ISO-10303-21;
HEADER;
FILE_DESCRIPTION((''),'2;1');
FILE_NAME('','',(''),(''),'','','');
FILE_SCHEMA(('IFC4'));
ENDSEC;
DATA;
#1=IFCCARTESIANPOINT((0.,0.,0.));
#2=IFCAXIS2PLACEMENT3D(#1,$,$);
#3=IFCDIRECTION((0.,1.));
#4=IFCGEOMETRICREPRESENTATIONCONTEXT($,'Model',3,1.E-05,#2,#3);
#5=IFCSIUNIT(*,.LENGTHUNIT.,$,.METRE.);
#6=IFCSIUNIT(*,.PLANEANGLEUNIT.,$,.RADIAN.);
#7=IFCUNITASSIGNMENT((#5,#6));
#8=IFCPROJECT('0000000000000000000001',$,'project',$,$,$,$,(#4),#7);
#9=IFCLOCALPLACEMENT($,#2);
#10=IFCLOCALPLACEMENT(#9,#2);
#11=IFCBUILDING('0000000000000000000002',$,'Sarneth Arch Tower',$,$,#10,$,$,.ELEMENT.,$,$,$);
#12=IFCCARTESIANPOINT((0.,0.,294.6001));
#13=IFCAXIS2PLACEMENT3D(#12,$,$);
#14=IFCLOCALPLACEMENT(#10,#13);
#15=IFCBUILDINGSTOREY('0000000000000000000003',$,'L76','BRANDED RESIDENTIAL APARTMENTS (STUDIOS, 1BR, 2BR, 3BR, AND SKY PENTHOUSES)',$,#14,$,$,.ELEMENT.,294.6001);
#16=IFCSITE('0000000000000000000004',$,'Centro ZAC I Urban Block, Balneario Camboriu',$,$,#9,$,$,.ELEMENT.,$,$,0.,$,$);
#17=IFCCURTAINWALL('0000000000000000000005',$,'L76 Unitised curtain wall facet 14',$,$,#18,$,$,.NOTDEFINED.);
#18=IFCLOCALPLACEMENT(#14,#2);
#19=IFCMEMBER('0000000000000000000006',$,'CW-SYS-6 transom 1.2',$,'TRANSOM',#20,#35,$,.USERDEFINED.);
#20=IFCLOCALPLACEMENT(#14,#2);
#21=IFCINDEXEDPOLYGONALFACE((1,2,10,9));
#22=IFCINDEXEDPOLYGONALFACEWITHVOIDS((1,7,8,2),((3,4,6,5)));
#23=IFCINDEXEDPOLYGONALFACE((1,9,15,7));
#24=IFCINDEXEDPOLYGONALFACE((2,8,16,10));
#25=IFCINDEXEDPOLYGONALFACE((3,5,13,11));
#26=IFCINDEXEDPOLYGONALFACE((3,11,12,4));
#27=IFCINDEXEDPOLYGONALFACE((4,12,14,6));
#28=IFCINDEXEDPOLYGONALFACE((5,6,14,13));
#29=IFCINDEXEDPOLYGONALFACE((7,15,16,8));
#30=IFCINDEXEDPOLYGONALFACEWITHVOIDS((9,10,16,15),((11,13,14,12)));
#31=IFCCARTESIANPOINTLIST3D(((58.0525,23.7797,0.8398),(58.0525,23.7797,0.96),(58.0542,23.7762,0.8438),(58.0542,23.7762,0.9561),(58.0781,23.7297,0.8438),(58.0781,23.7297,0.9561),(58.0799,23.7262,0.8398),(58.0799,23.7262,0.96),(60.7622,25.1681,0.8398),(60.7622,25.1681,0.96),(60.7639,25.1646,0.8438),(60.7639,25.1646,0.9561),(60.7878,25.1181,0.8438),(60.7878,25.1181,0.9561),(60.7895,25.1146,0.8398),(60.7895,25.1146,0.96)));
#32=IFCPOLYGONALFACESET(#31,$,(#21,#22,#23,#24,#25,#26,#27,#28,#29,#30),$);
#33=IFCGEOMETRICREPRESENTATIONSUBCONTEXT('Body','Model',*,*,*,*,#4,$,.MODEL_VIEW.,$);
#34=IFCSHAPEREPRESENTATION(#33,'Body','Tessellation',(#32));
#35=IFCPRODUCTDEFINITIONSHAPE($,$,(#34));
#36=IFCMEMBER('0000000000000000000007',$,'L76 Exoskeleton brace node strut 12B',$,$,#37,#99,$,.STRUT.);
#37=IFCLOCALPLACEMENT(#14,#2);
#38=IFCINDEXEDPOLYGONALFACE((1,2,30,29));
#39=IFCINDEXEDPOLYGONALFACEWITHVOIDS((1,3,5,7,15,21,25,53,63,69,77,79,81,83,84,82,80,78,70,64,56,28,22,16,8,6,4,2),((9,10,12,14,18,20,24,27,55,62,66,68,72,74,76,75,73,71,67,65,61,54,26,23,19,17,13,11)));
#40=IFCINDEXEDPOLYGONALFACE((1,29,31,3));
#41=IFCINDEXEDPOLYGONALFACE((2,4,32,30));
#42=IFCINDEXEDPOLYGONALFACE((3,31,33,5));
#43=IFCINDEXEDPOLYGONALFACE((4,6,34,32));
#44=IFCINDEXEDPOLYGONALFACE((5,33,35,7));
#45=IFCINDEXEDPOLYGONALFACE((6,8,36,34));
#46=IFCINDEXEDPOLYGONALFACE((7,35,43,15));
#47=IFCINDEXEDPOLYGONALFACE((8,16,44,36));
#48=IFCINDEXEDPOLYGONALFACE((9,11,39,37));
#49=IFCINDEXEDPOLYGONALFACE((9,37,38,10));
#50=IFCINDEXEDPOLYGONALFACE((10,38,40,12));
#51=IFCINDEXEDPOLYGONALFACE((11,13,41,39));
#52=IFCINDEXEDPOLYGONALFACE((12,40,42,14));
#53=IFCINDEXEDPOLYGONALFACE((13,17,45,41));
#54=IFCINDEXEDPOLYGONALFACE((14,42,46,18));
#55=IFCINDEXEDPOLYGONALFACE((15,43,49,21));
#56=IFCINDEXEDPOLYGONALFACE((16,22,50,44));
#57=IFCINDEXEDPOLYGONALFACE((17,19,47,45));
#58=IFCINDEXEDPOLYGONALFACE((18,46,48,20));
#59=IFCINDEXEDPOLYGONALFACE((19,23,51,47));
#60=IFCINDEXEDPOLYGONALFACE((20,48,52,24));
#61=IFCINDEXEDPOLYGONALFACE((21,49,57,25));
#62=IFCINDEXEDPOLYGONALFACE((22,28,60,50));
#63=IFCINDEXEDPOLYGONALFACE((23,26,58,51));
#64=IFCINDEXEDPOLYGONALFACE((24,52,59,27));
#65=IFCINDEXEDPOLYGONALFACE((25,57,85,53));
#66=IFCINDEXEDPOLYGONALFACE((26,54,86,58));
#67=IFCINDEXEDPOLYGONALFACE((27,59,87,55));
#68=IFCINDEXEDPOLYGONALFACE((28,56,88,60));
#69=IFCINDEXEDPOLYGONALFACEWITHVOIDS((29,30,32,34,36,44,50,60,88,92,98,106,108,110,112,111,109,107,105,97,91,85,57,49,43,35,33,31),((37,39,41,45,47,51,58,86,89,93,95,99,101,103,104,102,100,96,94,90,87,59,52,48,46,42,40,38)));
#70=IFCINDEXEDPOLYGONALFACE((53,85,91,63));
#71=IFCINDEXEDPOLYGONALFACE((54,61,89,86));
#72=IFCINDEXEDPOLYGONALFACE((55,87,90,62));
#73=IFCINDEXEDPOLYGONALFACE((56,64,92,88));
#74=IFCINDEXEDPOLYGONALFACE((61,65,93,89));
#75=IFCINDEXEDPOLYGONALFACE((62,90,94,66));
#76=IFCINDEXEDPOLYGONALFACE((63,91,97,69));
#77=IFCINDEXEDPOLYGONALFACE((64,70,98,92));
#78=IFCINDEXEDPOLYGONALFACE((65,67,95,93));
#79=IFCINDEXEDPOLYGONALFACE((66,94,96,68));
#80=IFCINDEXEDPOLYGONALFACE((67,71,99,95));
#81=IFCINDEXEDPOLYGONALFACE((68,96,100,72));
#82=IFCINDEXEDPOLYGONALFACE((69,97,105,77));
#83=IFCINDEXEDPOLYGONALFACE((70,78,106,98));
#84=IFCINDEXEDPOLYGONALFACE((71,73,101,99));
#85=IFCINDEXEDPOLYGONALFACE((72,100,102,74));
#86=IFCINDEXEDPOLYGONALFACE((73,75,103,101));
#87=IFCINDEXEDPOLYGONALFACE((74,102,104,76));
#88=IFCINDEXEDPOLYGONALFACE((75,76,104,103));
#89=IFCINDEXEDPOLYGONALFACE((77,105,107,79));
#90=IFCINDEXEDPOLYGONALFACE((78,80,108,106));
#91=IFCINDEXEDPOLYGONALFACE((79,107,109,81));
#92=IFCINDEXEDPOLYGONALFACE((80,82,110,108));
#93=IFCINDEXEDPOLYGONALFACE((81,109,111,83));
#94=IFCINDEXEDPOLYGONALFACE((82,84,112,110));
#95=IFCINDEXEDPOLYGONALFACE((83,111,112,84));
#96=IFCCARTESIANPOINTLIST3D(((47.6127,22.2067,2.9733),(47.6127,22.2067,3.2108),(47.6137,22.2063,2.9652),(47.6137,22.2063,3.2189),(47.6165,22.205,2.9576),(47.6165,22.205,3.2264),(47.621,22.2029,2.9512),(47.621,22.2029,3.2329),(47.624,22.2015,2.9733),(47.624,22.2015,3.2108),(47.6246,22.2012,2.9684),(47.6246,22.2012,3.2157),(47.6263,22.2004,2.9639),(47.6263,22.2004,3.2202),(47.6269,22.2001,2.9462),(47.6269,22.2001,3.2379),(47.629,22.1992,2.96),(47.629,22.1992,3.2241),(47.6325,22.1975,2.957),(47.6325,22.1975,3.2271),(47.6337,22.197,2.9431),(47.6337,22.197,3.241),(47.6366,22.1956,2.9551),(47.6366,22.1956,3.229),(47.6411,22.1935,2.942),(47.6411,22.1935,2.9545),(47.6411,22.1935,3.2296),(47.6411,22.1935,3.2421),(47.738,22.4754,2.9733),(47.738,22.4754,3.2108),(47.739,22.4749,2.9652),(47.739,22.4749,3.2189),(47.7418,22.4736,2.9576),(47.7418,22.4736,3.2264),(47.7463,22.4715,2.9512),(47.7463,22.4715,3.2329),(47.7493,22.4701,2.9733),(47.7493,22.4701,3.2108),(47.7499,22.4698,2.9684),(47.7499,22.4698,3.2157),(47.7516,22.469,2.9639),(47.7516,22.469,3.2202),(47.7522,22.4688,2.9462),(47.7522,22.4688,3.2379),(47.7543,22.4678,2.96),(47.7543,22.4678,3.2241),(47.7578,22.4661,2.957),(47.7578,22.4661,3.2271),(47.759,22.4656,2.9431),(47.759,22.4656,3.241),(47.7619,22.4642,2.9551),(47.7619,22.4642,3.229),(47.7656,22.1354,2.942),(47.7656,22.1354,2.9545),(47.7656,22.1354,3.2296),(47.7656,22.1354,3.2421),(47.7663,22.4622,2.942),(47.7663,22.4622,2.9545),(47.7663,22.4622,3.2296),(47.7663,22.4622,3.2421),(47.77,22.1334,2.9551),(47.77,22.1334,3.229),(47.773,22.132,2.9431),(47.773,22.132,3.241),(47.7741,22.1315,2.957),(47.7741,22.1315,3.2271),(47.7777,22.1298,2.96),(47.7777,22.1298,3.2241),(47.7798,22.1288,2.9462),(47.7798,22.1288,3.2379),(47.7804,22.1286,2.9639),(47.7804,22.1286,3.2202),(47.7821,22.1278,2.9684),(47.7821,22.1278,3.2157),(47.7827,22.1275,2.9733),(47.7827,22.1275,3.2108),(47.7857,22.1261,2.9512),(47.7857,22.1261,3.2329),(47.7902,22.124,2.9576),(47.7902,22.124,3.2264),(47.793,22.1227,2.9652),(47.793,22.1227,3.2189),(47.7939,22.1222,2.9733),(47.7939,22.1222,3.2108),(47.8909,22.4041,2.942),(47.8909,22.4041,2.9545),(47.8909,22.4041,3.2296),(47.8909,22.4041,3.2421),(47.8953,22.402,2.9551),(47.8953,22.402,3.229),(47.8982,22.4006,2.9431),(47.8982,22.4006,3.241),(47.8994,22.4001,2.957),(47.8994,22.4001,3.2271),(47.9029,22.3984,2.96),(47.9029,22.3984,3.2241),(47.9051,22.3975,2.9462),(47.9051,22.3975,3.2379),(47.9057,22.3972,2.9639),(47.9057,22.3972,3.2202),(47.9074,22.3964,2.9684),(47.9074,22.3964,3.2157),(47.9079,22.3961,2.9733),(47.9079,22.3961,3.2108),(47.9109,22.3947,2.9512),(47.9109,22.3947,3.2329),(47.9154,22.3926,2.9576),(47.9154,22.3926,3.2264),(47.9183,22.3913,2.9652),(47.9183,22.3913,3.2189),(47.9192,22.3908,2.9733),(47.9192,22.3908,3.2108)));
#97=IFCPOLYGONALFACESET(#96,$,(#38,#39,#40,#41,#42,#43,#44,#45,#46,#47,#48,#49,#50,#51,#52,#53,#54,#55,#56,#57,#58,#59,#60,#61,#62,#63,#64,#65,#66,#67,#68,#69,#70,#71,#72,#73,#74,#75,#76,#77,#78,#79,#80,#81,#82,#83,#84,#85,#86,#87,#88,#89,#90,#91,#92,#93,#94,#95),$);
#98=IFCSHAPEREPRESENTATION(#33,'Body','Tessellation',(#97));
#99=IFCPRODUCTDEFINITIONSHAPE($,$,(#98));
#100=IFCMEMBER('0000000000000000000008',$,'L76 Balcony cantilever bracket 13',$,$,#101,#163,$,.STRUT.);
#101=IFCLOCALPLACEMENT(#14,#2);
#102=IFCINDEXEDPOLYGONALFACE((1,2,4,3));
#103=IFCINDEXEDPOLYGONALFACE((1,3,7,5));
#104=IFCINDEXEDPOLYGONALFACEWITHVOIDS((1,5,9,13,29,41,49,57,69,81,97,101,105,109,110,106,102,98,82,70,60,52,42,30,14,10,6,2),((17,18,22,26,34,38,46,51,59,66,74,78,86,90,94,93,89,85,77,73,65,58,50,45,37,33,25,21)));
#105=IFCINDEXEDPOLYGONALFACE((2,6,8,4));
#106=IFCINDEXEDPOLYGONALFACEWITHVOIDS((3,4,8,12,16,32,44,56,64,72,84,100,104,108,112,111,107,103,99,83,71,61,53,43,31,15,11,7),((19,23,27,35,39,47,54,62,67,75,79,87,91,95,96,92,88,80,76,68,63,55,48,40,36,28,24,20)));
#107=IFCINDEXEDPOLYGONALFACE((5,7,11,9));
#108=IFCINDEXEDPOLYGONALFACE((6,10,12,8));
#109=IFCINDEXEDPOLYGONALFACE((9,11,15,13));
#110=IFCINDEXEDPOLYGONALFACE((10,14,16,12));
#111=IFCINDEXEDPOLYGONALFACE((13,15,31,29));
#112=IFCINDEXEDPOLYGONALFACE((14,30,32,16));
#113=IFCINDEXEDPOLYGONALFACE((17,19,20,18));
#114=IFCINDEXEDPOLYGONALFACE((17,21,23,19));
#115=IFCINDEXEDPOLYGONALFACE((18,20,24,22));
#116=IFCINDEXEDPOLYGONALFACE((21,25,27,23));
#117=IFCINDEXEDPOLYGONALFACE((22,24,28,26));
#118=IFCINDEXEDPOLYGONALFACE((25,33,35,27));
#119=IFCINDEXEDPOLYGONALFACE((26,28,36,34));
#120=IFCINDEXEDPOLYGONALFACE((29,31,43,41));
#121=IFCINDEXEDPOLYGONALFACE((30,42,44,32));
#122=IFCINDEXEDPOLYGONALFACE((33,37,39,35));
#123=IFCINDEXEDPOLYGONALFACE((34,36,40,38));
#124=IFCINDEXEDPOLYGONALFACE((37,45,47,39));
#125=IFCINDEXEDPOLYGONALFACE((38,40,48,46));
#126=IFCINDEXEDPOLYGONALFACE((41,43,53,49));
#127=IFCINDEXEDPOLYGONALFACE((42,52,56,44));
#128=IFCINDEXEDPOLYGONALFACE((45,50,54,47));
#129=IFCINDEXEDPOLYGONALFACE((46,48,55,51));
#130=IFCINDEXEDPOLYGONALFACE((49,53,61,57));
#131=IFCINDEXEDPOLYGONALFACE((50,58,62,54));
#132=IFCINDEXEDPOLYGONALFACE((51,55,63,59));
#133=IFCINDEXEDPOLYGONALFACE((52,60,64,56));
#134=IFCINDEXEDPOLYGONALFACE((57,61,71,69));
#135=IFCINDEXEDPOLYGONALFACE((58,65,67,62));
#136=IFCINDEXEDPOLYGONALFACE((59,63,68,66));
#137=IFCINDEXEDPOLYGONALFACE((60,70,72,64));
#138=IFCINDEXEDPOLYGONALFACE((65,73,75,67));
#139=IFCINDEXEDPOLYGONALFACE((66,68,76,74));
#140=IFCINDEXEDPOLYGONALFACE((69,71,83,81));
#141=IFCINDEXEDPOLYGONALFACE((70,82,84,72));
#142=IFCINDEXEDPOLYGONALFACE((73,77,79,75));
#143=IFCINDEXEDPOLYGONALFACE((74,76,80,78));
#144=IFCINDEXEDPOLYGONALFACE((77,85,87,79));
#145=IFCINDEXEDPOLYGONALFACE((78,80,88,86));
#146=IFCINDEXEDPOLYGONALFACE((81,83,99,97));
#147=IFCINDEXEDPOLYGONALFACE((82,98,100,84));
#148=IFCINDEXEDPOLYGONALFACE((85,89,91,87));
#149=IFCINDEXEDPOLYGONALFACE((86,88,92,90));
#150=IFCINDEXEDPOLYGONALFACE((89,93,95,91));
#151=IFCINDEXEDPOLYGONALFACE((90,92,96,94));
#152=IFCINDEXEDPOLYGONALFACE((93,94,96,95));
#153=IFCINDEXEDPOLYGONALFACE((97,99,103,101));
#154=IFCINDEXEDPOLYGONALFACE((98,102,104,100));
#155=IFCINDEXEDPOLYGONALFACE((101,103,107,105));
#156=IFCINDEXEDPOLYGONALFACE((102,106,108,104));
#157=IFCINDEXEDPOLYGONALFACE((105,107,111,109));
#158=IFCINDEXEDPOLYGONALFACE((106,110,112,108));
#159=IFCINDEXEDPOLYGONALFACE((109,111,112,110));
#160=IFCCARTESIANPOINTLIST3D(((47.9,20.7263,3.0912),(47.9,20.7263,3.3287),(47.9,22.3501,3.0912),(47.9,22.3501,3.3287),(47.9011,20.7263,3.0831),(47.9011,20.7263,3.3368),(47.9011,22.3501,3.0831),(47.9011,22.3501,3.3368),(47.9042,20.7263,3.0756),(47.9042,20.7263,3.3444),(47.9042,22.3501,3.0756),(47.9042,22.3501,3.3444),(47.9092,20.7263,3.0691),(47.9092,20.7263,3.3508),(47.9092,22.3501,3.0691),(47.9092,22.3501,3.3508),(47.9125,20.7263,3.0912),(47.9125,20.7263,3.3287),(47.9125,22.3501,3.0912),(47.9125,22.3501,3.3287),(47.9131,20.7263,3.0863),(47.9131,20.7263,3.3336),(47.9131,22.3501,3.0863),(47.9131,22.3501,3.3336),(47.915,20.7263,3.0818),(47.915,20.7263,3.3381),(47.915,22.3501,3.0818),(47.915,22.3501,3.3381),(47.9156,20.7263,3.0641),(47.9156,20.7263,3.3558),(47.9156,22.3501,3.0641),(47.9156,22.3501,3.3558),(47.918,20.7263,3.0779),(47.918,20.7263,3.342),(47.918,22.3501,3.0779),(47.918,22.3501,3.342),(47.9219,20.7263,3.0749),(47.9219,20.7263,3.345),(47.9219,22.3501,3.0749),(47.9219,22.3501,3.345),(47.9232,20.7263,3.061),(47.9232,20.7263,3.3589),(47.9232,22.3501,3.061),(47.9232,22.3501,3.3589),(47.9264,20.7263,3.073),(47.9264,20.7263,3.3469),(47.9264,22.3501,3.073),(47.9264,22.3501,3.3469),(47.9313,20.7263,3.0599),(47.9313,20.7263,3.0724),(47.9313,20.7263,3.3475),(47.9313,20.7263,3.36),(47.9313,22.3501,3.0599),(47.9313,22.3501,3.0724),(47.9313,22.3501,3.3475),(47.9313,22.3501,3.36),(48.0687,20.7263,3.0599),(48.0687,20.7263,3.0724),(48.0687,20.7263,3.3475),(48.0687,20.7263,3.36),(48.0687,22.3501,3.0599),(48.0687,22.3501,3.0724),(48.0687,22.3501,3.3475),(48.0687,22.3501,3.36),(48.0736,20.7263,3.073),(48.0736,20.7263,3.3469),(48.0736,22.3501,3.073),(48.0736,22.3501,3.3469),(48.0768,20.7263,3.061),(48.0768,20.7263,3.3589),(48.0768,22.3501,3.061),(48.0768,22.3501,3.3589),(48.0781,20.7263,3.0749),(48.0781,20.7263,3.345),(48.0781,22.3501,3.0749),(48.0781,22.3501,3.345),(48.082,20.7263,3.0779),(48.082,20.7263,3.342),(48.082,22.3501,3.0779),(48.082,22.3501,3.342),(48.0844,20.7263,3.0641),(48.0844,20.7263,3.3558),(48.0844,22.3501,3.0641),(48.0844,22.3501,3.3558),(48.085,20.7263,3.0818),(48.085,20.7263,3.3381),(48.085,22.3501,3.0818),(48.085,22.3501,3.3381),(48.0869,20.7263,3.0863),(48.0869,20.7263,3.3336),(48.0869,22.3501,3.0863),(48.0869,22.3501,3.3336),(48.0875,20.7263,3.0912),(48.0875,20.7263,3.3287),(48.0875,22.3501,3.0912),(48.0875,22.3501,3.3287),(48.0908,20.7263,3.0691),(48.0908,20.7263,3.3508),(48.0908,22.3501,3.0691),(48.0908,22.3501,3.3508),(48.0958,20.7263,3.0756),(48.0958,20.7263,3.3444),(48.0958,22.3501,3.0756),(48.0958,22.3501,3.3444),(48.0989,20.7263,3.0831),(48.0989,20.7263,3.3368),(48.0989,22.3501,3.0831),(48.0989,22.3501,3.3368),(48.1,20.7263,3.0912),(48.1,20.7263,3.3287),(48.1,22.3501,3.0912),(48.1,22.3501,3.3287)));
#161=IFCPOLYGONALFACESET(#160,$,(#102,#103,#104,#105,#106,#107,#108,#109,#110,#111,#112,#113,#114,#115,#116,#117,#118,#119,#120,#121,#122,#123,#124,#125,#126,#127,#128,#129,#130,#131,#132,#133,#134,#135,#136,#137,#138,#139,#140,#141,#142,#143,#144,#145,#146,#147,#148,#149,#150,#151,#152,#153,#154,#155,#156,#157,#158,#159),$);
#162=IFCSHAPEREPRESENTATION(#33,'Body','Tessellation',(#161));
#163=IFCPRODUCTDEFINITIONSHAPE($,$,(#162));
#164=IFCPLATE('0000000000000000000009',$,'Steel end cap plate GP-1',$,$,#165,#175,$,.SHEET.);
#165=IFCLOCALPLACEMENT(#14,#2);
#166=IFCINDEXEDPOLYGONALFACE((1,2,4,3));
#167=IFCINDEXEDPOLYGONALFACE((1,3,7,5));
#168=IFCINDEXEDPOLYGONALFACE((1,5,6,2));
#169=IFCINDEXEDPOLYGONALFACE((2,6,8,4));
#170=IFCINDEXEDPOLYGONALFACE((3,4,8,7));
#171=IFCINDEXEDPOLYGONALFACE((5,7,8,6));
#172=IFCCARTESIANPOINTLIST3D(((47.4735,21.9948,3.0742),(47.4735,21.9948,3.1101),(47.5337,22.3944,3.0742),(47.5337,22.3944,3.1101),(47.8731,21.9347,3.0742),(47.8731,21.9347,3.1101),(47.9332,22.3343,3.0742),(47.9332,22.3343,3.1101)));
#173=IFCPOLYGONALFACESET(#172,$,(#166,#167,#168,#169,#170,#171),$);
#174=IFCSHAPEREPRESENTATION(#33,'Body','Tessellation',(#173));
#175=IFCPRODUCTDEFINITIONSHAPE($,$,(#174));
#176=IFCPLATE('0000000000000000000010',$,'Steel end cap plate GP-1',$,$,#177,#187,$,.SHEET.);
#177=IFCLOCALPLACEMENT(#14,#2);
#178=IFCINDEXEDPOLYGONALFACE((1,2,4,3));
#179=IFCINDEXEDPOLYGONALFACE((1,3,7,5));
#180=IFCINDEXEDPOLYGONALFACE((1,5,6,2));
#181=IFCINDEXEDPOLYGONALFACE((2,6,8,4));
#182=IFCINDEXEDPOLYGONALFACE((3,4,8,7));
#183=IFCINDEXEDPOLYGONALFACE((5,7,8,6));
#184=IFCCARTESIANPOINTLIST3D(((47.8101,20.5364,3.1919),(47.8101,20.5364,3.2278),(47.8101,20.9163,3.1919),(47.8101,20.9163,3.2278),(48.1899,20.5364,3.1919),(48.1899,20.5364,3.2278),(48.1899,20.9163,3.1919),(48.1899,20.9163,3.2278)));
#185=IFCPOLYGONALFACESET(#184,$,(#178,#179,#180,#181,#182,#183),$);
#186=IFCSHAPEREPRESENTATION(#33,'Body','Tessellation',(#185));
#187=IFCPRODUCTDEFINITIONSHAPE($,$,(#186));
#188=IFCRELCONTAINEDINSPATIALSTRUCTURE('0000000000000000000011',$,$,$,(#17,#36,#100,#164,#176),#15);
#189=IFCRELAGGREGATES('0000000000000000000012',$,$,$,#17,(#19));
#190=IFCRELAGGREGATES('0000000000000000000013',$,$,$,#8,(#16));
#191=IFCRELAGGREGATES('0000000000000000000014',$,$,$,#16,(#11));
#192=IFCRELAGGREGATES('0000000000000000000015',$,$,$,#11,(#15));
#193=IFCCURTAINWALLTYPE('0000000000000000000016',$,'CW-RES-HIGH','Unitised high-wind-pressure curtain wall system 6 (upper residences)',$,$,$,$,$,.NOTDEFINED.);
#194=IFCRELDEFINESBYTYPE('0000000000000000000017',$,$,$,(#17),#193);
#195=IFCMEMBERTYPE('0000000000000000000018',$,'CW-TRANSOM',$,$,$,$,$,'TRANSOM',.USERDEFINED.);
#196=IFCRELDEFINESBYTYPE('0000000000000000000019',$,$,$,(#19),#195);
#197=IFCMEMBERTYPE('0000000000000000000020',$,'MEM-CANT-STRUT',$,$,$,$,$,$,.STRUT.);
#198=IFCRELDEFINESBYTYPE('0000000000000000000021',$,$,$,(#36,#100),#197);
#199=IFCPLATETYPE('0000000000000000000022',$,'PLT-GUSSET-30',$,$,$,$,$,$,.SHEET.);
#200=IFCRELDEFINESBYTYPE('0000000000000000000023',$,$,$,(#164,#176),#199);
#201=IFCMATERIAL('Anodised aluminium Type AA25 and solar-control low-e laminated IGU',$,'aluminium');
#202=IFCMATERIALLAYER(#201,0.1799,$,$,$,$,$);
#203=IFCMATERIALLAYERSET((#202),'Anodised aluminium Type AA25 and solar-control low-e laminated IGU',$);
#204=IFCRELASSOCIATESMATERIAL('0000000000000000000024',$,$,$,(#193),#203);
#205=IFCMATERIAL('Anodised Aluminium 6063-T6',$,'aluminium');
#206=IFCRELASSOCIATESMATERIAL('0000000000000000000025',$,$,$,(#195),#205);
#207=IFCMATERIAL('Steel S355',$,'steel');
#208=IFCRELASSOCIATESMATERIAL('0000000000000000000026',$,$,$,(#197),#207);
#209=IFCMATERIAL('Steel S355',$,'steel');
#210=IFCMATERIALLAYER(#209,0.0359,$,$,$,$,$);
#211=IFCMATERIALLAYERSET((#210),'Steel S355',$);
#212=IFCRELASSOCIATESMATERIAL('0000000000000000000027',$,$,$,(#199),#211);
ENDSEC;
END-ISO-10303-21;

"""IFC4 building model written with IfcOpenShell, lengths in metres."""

from ifc_helpers import new_model, si_unit, direction, frame, origin, origin_2d, place, context, subcontext, project, spatial, rectangle, hollow_rectangle, extrude, material, layer, layer_set, material_profile, profile_set, type_object, element, aggregate, save


model = new_model("IFC4")

# Units and contexts
model_context = context("Model", 3, precision=1e-05, world=origin(), true_north=direction((0.0, 1.0)))
body_context = subcontext(model_context, "Body", "Model", "MODEL_VIEW")
ifc_project = project(units=[si_unit("LENGTHUNIT", "METRE"), si_unit("PLANEANGLEUNIT", "RADIAN")], contexts=[model_context])

# Site, building, storey
site_placement = place(None, origin())
site = spatial("IfcSite", under=ifc_project, at=site_placement, Name="Centro ZAC I Urban Block, Balneario Camboriu", CompositionType="ELEMENT", RefElevation=0.0)
building_placement = place(site_placement, origin())
building = spatial("IfcBuilding", under=site, at=building_placement, Name="Sarneth Arch Tower", CompositionType="ELEMENT")
storey_placement = place(building_placement, frame((0.0, 0.0, 294.6001)))
storey = spatial("IfcBuildingStorey", under=building, at=storey_placement, Name="L76", Description="BRANDED RESIDENTIAL APARTMENTS (STUDIOS, 1BR, 2BR, 3BR, AND SKY PENTHOUSES)", CompositionType="ELEMENT", Elevation=294.6001)

# Curtain wall, member
ifc_material_1 = material(Name="Anodised aluminium Type AA25 and solar-control low-e laminated IGU", Category="aluminium")
ifc_layer_1 = layer(ifc_material_1, 0.1799)
ifc_layer_set_1 = layer_set([ifc_layer_1], Name="Anodised aluminium Type AA25 and solar-control low-e laminated IGU")
curtain_wall_type = type_object("IfcCurtainWallType", Name="CW-RES-HIGH", Description="Unitised high-wind-pressure curtain wall system 6 (upper residences)", PredefinedType="NOTDEFINED", material=ifc_layer_set_1)
curtain_wall_placement = place(storey_placement, origin())
curtain_wall = element("IfcCurtainWall", 1, at=curtain_wall_placement, inside=storey, type_object=curtain_wall_type, Name="L76 Unitised curtain wall facet 14", PredefinedType="NOTDEFINED")
ifc_material_2 = material(Name="Anodised Aluminium 6063-T6", Category="aluminium")
ifc_material_profile_1 = material_profile(ifc_material_2, hollow_rectangle(XDim=0.0601, YDim=0.1201, WallThickness=0.0039, at=origin_2d()), Name="AL-TRAN-120x60x4")
ifc_profile_set_1 = profile_set([ifc_material_profile_1], Name="Anodised Aluminium 6063-T6")
member_type_1 = type_object("IfcMemberType", Name="CW-TRANSOM", ElementType="TRANSOM", PredefinedType="USERDEFINED", material=ifc_profile_set_1)
member_1_placement = place(storey_placement, frame((58.0662, 23.7529, 0.8999), z_axis=(0.889974, 0.456012, 0.0), x_axis=(-0.456012, 0.889974, 0.0)))
member_1 = element("IfcMember", 2, at=member_1_placement, type_object=member_type_1, Name="CW-SYS-6 transom 1.2", ObjectType="TRANSOM", PredefinedType="USERDEFINED", context=body_context, shape_type="SweptSolid", body=[
    extrude(hollow_rectangle(XDim=0.0601, YDim=0.1201, WallThickness=0.0039, at=origin_2d()), origin(), (0.0, 0.0, 1.0), 3.0447),
])
aggregate(curtain_wall, [member_1])

# Members
ifc_material_3 = material(Name="Steel S355", Category="steel")
ifc_material_profile_2 = material_profile(ifc_material_3, hollow_rectangle(XDim=0.2, YDim=0.3, WallThickness=0.0125, InnerFilletRadius=0.0188, OuterFilletRadius=0.0312, at=origin_2d()), Name="RHS300x200x12.5")
ifc_profile_set_2 = profile_set([ifc_material_profile_2], Name="Steel S355")
member_type_2 = type_object("IfcMemberType", Name="MEM-CANT-STRUT", PredefinedType="STRUT", material=ifc_profile_set_2)
member_2_placement = place(storey_placement, frame((47.8286, 22.4331, 3.092), z_axis=(-0.42266, -0.906288, 0.0), x_axis=(0.906288, -0.42266, 0.0)))
element("IfcMember", 3, at=member_2_placement, inside=storey, type_object=member_type_2, Name="L76 Exoskeleton brace node strut 12B", PredefinedType="STRUT", context=body_context, shape_type="SweptSolid", body=[
    extrude(hollow_rectangle(XDim=0.2, YDim=0.3, WallThickness=0.0125, InnerFilletRadius=0.0188, OuterFilletRadius=0.0312, at=origin_2d()), origin(), (0.0, 0.0, 1.0), 0.2964),
])
member_3_placement = place(storey_placement, frame((48.0, 22.3501, 3.21), z_axis=(0.0, -1.0, 0.0), x_axis=(1.0, 0.0, 0.0)))
element("IfcMember", 4, at=member_3_placement, inside=storey, type_object=member_type_2, Name="L76 Balcony cantilever bracket 13", PredefinedType="STRUT", context=body_context, shape_type="SweptSolid", body=[
    extrude(hollow_rectangle(XDim=0.2, YDim=0.3, WallThickness=0.0125, InnerFilletRadius=0.0188, OuterFilletRadius=0.0312, at=origin_2d()), origin(), (0.0, 0.0, 1.0), 1.6238),
])

# Plates
ifc_material_4 = material(Name="Steel S355", Category="steel")
ifc_layer_2 = layer(ifc_material_4, 0.0359)
ifc_layer_set_2 = layer_set([ifc_layer_2], Name="Steel S355")
plate_type = type_object("IfcPlateType", Name="PLT-GUSSET-30", PredefinedType="SHEET", material=ifc_layer_set_2)
plate_1_placement = place(storey_placement, frame((47.7034, 22.1646, 3.0742), z_axis=(0.0, 0.0, 1.0), x_axis=(0.988861, -0.148845, 0.0)))
element("IfcPlate", 5, at=plate_1_placement, inside=storey, type_object=plate_type, Name="Steel end cap plate GP-1", PredefinedType="SHEET", context=body_context, shape_type="SweptSolid", body=[
    extrude(rectangle(XDim=0.4041, YDim=0.4041, at=origin_2d()), origin(), (0.0, 0.0, 1.0), 0.0359),
])
plate_2_placement = place(storey_placement, frame((48.0, 20.7263, 3.1919), z_axis=(0.0, 0.0, 1.0), x_axis=(0.0, -1.0, 0.0)))
element("IfcPlate", 6, at=plate_2_placement, inside=storey, type_object=plate_type, Name="Steel end cap plate GP-1", PredefinedType="SHEET", context=body_context, shape_type="SweptSolid", body=[
    extrude(rectangle(XDim=0.3799, YDim=0.3799, at=origin_2d()), origin(), (0.0, 0.0, 1.0), 0.0359),
])

save(model, "model.ifc")
